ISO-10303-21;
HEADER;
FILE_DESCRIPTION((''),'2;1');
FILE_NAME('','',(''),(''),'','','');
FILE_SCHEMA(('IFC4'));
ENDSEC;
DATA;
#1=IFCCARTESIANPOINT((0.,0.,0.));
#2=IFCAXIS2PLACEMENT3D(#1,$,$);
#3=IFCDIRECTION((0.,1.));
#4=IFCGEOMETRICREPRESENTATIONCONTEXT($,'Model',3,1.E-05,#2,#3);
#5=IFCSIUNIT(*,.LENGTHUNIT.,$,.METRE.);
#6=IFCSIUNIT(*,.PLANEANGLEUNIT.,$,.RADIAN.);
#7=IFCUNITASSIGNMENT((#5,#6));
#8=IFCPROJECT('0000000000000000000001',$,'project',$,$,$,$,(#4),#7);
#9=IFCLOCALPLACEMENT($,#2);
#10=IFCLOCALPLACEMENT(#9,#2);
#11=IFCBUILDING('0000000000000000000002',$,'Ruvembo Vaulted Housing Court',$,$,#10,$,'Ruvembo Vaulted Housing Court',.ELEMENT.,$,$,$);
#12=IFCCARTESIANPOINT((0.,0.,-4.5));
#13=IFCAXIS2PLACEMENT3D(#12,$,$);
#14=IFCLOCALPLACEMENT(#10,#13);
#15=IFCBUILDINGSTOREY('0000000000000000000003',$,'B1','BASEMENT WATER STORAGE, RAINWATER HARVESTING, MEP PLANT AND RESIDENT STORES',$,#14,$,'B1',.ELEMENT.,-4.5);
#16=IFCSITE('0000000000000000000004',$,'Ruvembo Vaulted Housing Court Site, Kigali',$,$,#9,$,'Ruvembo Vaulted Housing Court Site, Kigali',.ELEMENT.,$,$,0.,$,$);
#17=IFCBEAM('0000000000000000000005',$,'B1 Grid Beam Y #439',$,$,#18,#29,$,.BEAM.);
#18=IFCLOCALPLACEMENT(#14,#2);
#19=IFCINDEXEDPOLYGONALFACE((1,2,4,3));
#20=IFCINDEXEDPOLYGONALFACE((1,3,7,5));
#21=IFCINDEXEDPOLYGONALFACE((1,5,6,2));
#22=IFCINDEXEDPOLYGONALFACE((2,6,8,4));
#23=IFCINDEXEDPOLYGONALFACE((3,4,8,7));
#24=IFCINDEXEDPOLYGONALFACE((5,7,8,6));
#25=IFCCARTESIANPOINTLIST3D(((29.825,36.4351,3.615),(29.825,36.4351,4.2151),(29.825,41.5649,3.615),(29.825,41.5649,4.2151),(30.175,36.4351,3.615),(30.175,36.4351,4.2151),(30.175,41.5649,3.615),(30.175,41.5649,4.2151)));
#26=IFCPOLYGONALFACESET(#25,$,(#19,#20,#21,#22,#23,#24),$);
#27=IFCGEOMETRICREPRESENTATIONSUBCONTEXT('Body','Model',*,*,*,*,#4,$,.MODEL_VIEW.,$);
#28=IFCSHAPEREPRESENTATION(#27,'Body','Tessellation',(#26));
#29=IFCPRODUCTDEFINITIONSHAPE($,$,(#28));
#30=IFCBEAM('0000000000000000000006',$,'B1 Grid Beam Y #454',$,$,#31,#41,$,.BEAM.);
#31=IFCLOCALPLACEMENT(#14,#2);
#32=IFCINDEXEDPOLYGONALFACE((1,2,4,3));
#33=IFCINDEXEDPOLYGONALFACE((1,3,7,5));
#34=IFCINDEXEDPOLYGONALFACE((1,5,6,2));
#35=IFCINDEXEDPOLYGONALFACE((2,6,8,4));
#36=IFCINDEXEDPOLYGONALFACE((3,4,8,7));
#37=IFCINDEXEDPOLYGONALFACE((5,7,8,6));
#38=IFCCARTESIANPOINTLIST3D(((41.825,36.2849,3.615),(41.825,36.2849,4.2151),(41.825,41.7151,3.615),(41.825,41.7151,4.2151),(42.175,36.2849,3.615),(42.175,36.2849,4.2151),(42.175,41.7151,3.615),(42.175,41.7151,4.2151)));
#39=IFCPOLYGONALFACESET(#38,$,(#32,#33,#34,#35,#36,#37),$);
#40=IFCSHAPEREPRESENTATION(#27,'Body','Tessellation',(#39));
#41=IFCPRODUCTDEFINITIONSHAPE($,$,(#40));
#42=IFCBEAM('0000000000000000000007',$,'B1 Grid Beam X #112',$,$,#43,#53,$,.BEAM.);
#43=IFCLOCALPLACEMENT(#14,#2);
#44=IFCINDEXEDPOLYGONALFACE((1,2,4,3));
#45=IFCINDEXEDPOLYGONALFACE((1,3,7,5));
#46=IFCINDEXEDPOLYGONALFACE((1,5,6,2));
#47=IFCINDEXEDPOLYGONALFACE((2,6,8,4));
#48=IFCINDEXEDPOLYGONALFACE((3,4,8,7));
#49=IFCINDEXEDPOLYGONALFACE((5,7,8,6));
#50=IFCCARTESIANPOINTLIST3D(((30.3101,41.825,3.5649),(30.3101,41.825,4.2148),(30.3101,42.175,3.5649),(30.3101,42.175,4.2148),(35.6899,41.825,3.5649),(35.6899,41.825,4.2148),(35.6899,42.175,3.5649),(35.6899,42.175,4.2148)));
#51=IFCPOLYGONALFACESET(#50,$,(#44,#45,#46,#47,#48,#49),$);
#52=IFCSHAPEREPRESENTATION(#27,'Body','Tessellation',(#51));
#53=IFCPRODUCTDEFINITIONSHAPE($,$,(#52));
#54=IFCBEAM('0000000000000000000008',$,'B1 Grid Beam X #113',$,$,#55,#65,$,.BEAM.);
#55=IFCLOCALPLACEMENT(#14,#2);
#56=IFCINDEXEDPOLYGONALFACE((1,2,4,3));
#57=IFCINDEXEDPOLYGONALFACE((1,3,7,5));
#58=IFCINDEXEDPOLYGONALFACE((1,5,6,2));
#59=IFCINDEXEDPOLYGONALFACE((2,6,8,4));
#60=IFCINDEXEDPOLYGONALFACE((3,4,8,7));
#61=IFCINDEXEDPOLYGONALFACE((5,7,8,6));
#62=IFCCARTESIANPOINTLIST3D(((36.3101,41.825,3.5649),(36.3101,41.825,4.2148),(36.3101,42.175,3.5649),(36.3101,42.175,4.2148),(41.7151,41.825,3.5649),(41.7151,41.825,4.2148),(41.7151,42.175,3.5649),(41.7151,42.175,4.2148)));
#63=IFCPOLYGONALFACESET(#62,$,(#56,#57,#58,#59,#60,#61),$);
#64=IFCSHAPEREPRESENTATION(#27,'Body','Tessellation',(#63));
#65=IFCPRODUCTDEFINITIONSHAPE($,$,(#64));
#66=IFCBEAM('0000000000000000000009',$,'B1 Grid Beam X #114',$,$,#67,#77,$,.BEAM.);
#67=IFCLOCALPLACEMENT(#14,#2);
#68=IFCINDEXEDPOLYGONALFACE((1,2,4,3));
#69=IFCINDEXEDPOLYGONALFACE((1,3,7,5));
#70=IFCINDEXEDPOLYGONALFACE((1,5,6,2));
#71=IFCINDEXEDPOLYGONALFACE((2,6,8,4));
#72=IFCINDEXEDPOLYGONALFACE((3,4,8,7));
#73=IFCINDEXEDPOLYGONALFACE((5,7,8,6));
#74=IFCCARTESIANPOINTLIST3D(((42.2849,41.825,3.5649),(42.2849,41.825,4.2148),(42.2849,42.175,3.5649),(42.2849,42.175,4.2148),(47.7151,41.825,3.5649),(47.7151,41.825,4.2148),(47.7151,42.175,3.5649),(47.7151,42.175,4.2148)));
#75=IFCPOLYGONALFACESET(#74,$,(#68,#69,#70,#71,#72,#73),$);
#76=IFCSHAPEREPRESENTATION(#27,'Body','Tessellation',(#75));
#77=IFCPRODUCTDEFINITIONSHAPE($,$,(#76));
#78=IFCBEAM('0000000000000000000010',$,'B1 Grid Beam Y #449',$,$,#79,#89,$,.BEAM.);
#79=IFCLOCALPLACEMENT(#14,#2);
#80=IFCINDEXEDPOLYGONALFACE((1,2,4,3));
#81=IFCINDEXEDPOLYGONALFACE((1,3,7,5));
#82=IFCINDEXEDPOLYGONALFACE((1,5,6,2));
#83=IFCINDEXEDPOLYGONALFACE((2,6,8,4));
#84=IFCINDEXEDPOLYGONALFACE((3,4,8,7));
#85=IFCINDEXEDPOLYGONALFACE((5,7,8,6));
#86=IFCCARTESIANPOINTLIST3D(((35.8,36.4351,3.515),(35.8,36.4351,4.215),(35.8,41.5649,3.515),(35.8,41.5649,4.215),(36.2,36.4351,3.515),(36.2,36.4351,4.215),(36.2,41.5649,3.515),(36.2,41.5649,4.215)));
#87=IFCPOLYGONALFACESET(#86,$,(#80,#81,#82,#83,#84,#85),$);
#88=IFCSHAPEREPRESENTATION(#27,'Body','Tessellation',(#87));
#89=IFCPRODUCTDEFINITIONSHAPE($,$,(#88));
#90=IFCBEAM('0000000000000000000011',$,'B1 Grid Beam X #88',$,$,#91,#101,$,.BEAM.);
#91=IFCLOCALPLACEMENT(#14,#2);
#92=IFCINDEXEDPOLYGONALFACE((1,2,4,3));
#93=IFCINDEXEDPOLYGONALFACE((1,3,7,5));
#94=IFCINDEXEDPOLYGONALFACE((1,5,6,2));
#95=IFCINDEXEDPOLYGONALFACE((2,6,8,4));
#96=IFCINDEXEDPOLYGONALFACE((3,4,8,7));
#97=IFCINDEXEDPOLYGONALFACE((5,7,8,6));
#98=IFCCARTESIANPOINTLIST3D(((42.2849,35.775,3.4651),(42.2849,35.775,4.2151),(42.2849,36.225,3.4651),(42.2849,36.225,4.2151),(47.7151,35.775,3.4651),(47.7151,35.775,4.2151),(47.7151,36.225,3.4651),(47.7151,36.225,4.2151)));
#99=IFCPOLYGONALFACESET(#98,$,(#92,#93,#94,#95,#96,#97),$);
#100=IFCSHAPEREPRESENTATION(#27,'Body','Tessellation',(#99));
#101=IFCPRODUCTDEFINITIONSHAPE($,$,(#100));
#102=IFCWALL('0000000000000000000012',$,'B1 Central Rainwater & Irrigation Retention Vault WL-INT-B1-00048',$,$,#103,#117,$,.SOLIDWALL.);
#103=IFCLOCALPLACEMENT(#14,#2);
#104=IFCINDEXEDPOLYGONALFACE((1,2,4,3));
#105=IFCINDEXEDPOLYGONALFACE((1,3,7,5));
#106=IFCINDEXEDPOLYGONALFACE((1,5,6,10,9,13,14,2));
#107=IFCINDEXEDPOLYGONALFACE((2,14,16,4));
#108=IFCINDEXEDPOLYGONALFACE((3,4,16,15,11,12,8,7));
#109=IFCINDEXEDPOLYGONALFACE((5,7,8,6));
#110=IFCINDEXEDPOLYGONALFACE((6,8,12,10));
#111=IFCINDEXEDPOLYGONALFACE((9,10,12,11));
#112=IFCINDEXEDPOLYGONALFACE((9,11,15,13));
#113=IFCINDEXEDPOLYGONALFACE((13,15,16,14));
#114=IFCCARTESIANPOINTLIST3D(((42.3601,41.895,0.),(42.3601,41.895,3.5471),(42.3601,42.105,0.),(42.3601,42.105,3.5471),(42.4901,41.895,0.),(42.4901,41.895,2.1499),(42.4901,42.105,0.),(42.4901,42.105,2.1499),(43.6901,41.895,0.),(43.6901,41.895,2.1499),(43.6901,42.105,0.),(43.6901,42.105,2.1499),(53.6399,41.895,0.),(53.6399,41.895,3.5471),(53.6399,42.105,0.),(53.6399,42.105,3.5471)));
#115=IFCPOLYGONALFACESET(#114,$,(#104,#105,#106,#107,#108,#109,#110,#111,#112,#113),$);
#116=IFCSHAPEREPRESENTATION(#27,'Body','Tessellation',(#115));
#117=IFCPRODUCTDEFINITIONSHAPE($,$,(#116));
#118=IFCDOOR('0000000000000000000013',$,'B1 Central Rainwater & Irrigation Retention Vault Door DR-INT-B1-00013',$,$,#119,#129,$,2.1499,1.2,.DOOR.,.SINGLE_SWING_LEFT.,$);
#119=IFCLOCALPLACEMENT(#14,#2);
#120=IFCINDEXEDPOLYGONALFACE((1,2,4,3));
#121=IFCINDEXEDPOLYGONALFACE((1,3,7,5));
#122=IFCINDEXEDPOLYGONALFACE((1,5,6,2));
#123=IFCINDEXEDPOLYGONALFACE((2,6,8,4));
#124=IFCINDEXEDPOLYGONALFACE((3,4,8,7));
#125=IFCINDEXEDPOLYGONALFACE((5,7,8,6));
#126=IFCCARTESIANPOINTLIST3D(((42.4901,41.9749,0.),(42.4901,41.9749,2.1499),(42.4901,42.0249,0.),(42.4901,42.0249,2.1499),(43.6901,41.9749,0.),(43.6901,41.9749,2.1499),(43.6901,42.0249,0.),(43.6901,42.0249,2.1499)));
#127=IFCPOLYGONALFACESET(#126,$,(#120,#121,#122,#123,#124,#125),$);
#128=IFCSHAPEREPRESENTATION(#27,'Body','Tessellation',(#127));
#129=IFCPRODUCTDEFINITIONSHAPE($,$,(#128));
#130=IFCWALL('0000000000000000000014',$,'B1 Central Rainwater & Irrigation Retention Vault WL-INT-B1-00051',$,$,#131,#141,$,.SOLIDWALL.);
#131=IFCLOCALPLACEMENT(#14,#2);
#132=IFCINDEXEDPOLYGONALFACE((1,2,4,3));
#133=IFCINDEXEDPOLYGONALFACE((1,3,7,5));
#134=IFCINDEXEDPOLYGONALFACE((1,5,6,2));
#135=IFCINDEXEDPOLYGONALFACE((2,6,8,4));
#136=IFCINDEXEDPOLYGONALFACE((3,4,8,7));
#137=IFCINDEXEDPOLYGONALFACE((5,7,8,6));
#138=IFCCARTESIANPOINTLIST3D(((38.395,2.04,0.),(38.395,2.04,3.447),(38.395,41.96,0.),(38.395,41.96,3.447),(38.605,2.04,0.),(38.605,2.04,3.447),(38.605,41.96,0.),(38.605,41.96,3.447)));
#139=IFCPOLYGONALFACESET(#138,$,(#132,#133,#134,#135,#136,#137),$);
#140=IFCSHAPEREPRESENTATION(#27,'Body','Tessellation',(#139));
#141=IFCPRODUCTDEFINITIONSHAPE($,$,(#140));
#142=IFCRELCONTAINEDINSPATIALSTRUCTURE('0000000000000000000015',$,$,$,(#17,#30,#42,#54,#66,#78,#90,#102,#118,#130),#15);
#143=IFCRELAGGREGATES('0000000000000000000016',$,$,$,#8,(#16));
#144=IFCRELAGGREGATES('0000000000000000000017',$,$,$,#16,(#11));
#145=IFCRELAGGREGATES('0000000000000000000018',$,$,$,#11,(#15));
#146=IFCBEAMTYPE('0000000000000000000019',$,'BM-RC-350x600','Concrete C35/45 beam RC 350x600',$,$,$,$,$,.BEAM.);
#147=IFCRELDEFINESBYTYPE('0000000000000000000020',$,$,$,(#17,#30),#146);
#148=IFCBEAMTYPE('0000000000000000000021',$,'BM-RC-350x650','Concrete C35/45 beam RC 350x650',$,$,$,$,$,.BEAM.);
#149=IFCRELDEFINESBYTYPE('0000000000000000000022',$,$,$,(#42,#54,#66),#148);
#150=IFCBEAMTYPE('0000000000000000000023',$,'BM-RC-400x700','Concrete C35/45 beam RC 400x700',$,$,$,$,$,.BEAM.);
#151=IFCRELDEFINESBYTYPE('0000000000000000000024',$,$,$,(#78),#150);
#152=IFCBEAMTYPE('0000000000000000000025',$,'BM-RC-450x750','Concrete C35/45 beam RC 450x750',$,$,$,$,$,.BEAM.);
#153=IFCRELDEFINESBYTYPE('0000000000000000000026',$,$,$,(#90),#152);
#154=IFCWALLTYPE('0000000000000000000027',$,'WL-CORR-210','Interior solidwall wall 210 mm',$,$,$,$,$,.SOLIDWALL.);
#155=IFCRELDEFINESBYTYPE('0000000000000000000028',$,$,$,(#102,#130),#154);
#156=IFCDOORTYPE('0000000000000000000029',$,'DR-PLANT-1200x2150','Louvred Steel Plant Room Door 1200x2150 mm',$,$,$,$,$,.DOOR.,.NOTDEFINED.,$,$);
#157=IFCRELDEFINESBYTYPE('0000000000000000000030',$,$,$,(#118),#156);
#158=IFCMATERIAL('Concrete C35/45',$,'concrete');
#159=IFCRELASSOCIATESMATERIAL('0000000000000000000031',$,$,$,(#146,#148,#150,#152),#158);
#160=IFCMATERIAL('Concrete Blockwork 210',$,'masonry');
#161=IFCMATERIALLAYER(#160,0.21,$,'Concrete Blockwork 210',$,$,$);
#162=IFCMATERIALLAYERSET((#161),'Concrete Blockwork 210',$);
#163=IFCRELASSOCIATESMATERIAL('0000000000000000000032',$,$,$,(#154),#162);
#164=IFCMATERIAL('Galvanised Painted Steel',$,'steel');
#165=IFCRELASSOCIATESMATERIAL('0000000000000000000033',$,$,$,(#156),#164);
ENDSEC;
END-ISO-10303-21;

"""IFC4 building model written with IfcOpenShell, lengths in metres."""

from ifc_helpers import new_model, si_unit, direction, frame, frame_2d, origin, origin_2d, place, context, subcontext, project, spatial, rectangle, extrude, material, layer, layer_set, material_profile, profile_set, type_object, element, fill, save


model = new_model("IFC4")

# Units and contexts
model_context = context("Model", 3, precision=1e-05, world=origin(), true_north=direction((0.0, 1.0)))
body_context = subcontext(model_context, "Body", "Model", "MODEL_VIEW")
ifc_project = project(units=[si_unit("LENGTHUNIT", "METRE"), si_unit("PLANEANGLEUNIT", "RADIAN")], contexts=[model_context])

# Site, building, storey
site_placement = place(None, origin())
site = spatial("IfcSite", under=ifc_project, at=site_placement, Name="Ruvembo Vaulted Housing Court Site, Kigali", LongName="Ruvembo Vaulted Housing Court Site, Kigali", CompositionType="ELEMENT", RefElevation=0.0)
building_placement = place(site_placement, origin())
building = spatial("IfcBuilding", under=site, at=building_placement, Name="Ruvembo Vaulted Housing Court", LongName="Ruvembo Vaulted Housing Court", CompositionType="ELEMENT")
storey_placement = place(building_placement, frame((0.0, 0.0, -4.5)))
storey = spatial("IfcBuildingStorey", under=building, at=storey_placement, Name="B1", Description="BASEMENT WATER STORAGE, RAINWATER HARVESTING, MEP PLANT AND RESIDENT STORES", LongName="B1", CompositionType="ELEMENT", Elevation=-4.5)

# Shared definitions
ifc_material_1 = material(Name="Concrete C35/45", Category="concrete")

# Beams
ifc_material_profile_1 = material_profile(ifc_material_1, rectangle(XDim=0.3501, YDim=0.6001, at=origin_2d()), Name="RC 350x600")
ifc_profile_set_1 = profile_set([ifc_material_profile_1], Name="Concrete C35/45")
beam_type_1 = type_object("IfcBeamType", Name="BM-RC-350x600", Description="Concrete C35/45 beam RC 350x600", PredefinedType="BEAM", material=ifc_profile_set_1)
beam_1_placement = place(storey_placement, frame((30.0, 36.4351, 3.915), z_axis=(0.0, 1.0, 0.0), x_axis=(-1.0, 0.0, 0.0)))
element("IfcBeam", 1, at=beam_1_placement, inside=storey, type_object=beam_type_1, Name="B1 Grid Beam Y #439", PredefinedType="BEAM", context=body_context, shape_type="SweptSolid", body=[
    extrude(rectangle(XDim=0.3501, YDim=0.6001, at=origin_2d()), origin(), (0.0, 0.0, 1.0), 5.1299),
])
beam_2_placement = place(storey_placement, frame((42.0, 36.2849, 3.915), z_axis=(0.0, 1.0, 0.0), x_axis=(-1.0, 0.0, 0.0)))
element("IfcBeam", 2, at=beam_2_placement, inside=storey, type_object=beam_type_1, Name="B1 Grid Beam Y #454", PredefinedType="BEAM", context=body_context, shape_type="SweptSolid", body=[
    extrude(rectangle(XDim=0.3501, YDim=0.6001, at=origin_2d()), origin(), (0.0, 0.0, 1.0), 5.4302),
])
ifc_material_profile_2 = material_profile(ifc_material_1, rectangle(XDim=0.3501, YDim=0.6499, at=origin_2d()), Name="RC 350x650")
ifc_profile_set_2 = profile_set([ifc_material_profile_2], Name="Concrete C35/45")
beam_type_2 = type_object("IfcBeamType", Name="BM-RC-350x650", Description="Concrete C35/45 beam RC 350x650", PredefinedType="BEAM", material=ifc_profile_set_2)
beam_3_placement = place(storey_placement, frame((30.3101, 42.0, 3.8899), z_axis=(1.0, 0.0, 0.0), x_axis=(0.0, 1.0, 0.0)))
element("IfcBeam", 3, at=beam_3_placement, inside=storey, type_object=beam_type_2, Name="B1 Grid Beam X #112", PredefinedType="BEAM", context=body_context, shape_type="SweptSolid", body=[
    extrude(rectangle(XDim=0.3501, YDim=0.6499, at=origin_2d()), origin(), (0.0, 0.0, 1.0), 5.3799),
])
beam_4_placement = place(storey_placement, frame((36.3101, 42.0, 3.8899), z_axis=(1.0, 0.0, 0.0), x_axis=(0.0, 1.0, 0.0)))
element("IfcBeam", 4, at=beam_4_placement, inside=storey, type_object=beam_type_2, Name="B1 Grid Beam X #113", PredefinedType="BEAM", context=body_context, shape_type="SweptSolid", body=[
    extrude(rectangle(XDim=0.3501, YDim=0.6499, at=origin_2d()), origin(), (0.0, 0.0, 1.0), 5.405),
])
beam_5_placement = place(storey_placement, frame((42.2849, 42.0, 3.8899), z_axis=(1.0, 0.0, 0.0), x_axis=(0.0, 1.0, 0.0)))
element("IfcBeam", 5, at=beam_5_placement, inside=storey, type_object=beam_type_2, Name="B1 Grid Beam X #114", PredefinedType="BEAM", context=body_context, shape_type="SweptSolid", body=[
    extrude(rectangle(XDim=0.3501, YDim=0.6499, at=origin_2d()), origin(), (0.0, 0.0, 1.0), 5.4302),
])
ifc_material_profile_3 = material_profile(ifc_material_1, rectangle(XDim=0.3999, YDim=0.7, at=origin_2d()), Name="RC 400x700")
ifc_profile_set_3 = profile_set([ifc_material_profile_3], Name="Concrete C35/45")
beam_type_3 = type_object("IfcBeamType", Name="BM-RC-400x700", Description="Concrete C35/45 beam RC 400x700", PredefinedType="BEAM", material=ifc_profile_set_3)
beam_6_placement = place(storey_placement, frame((36.0, 36.4351, 3.865), z_axis=(0.0, 1.0, 0.0), x_axis=(-1.0, 0.0, 0.0)))
element("IfcBeam", 6, at=beam_6_placement, inside=storey, type_object=beam_type_3, Name="B1 Grid Beam Y #449", PredefinedType="BEAM", context=body_context, shape_type="SweptSolid", body=[
    extrude(rectangle(XDim=0.3999, YDim=0.7, at=origin_2d()), origin(), (0.0, 0.0, 1.0), 5.1299),
])
ifc_material_profile_4 = material_profile(ifc_material_1, rectangle(XDim=0.45, YDim=0.75, at=origin_2d()), Name="RC 450x750")
ifc_profile_set_4 = profile_set([ifc_material_profile_4], Name="Concrete C35/45")
beam_type_4 = type_object("IfcBeamType", Name="BM-RC-450x750", Description="Concrete C35/45 beam RC 450x750", PredefinedType="BEAM", material=ifc_profile_set_4)
beam_7_placement = place(storey_placement, frame((42.2849, 36.0, 3.8401), z_axis=(1.0, 0.0, 0.0), x_axis=(0.0, 1.0, 0.0)))
element("IfcBeam", 7, at=beam_7_placement, inside=storey, type_object=beam_type_4, Name="B1 Grid Beam X #88", PredefinedType="BEAM", context=body_context, shape_type="SweptSolid", body=[
    extrude(rectangle(XDim=0.45, YDim=0.75, at=origin_2d()), origin(), (0.0, 0.0, 1.0), 5.4302),
])

# Wall, opening, door
ifc_material_2 = material(Name="Concrete Blockwork 210", Category="masonry")
ifc_layer = layer(ifc_material_2, 0.21, Name="Concrete Blockwork 210")
ifc_layer_set = layer_set([ifc_layer], Name="Concrete Blockwork 210")
wall_type = type_object("IfcWallType", Name="WL-CORR-210", Description="Interior solidwall wall 210 mm", PredefinedType="SOLIDWALL", material=ifc_layer_set)
wall_1_placement = place(storey_placement, frame((42.3601, 42.0, 0.0), z_axis=(0.0, 0.0, 1.0), x_axis=(1.0, 0.0, 0.0)))
wall_1 = element("IfcWall", 8, at=wall_1_placement, inside=storey, type_object=wall_type, Name="B1 Central Rainwater & Irrigation Retention Vault WL-INT-B1-00048", PredefinedType="SOLIDWALL", context=body_context, shape_type="SweptSolid", body=[
    extrude(rectangle(XDim=11.2798, YDim=0.21, at=frame_2d((5.6399, 0.0))), origin(), (0.0, 0.0, 1.0), 3.5471),
])
opening_placement = place(wall_1_placement, frame((0.1299, 0.0, 0.0)))
opening = element("IfcOpeningElement", 9, at=opening_placement, cuts=wall_1, PredefinedType="OPENING", context=body_context, shape_type="SweptSolid", body=[
    extrude(rectangle(XDim=1.2, YDim=2.1499, at=frame_2d((0.6001, 1.075))), frame((0.0, 0.115, 0.0), z_axis=(0.0, -1.0, 0.0), x_axis=(1.0, 0.0, 0.0)), (0.0, 0.0, 1.0), 0.23),
])
ifc_material_3 = material(Name="Galvanised Painted Steel", Category="steel")
door_type = type_object("IfcDoorType", Name="DR-PLANT-1200x2150", Description="Louvred Steel Plant Room Door 1200x2150 mm", OperationType="NOTDEFINED", PredefinedType="DOOR", material=ifc_material_3)
door_placement = place(opening_placement, origin())
door = element("IfcDoor", 10, at=door_placement, inside=storey, type_object=door_type, Name="B1 Central Rainwater & Irrigation Retention Vault Door DR-INT-B1-00013", OperationType="SINGLE_SWING_LEFT", OverallHeight=2.1499, OverallWidth=1.2, PredefinedType="DOOR", context=body_context, shape_type="SweptSolid", body=[
    extrude(rectangle(XDim=1.2, YDim=2.1499, at=frame_2d((0.6001, 1.075))), frame((0.0, 0.0249, 0.0), z_axis=(0.0, -1.0, 0.0), x_axis=(1.0, 0.0, 0.0)), (0.0, 0.0, 1.0), 0.05),
])
fill(opening, door)

# Wall
wall_2_placement = place(storey_placement, frame((38.5, 41.96, 0.0), z_axis=(0.0, 0.0, 1.0), x_axis=(0.0, -1.0, 0.0)))
element("IfcWall", 11, at=wall_2_placement, inside=storey, type_object=wall_type, Name="B1 Central Rainwater & Irrigation Retention Vault WL-INT-B1-00051", PredefinedType="SOLIDWALL", context=body_context, shape_type="SweptSolid", body=[
    extrude(rectangle(XDim=39.9199, YDim=0.21, at=frame_2d((19.96, 0.0))), origin(), (0.0, 0.0, 1.0), 3.447),
])

save(model, "model.ifc")
